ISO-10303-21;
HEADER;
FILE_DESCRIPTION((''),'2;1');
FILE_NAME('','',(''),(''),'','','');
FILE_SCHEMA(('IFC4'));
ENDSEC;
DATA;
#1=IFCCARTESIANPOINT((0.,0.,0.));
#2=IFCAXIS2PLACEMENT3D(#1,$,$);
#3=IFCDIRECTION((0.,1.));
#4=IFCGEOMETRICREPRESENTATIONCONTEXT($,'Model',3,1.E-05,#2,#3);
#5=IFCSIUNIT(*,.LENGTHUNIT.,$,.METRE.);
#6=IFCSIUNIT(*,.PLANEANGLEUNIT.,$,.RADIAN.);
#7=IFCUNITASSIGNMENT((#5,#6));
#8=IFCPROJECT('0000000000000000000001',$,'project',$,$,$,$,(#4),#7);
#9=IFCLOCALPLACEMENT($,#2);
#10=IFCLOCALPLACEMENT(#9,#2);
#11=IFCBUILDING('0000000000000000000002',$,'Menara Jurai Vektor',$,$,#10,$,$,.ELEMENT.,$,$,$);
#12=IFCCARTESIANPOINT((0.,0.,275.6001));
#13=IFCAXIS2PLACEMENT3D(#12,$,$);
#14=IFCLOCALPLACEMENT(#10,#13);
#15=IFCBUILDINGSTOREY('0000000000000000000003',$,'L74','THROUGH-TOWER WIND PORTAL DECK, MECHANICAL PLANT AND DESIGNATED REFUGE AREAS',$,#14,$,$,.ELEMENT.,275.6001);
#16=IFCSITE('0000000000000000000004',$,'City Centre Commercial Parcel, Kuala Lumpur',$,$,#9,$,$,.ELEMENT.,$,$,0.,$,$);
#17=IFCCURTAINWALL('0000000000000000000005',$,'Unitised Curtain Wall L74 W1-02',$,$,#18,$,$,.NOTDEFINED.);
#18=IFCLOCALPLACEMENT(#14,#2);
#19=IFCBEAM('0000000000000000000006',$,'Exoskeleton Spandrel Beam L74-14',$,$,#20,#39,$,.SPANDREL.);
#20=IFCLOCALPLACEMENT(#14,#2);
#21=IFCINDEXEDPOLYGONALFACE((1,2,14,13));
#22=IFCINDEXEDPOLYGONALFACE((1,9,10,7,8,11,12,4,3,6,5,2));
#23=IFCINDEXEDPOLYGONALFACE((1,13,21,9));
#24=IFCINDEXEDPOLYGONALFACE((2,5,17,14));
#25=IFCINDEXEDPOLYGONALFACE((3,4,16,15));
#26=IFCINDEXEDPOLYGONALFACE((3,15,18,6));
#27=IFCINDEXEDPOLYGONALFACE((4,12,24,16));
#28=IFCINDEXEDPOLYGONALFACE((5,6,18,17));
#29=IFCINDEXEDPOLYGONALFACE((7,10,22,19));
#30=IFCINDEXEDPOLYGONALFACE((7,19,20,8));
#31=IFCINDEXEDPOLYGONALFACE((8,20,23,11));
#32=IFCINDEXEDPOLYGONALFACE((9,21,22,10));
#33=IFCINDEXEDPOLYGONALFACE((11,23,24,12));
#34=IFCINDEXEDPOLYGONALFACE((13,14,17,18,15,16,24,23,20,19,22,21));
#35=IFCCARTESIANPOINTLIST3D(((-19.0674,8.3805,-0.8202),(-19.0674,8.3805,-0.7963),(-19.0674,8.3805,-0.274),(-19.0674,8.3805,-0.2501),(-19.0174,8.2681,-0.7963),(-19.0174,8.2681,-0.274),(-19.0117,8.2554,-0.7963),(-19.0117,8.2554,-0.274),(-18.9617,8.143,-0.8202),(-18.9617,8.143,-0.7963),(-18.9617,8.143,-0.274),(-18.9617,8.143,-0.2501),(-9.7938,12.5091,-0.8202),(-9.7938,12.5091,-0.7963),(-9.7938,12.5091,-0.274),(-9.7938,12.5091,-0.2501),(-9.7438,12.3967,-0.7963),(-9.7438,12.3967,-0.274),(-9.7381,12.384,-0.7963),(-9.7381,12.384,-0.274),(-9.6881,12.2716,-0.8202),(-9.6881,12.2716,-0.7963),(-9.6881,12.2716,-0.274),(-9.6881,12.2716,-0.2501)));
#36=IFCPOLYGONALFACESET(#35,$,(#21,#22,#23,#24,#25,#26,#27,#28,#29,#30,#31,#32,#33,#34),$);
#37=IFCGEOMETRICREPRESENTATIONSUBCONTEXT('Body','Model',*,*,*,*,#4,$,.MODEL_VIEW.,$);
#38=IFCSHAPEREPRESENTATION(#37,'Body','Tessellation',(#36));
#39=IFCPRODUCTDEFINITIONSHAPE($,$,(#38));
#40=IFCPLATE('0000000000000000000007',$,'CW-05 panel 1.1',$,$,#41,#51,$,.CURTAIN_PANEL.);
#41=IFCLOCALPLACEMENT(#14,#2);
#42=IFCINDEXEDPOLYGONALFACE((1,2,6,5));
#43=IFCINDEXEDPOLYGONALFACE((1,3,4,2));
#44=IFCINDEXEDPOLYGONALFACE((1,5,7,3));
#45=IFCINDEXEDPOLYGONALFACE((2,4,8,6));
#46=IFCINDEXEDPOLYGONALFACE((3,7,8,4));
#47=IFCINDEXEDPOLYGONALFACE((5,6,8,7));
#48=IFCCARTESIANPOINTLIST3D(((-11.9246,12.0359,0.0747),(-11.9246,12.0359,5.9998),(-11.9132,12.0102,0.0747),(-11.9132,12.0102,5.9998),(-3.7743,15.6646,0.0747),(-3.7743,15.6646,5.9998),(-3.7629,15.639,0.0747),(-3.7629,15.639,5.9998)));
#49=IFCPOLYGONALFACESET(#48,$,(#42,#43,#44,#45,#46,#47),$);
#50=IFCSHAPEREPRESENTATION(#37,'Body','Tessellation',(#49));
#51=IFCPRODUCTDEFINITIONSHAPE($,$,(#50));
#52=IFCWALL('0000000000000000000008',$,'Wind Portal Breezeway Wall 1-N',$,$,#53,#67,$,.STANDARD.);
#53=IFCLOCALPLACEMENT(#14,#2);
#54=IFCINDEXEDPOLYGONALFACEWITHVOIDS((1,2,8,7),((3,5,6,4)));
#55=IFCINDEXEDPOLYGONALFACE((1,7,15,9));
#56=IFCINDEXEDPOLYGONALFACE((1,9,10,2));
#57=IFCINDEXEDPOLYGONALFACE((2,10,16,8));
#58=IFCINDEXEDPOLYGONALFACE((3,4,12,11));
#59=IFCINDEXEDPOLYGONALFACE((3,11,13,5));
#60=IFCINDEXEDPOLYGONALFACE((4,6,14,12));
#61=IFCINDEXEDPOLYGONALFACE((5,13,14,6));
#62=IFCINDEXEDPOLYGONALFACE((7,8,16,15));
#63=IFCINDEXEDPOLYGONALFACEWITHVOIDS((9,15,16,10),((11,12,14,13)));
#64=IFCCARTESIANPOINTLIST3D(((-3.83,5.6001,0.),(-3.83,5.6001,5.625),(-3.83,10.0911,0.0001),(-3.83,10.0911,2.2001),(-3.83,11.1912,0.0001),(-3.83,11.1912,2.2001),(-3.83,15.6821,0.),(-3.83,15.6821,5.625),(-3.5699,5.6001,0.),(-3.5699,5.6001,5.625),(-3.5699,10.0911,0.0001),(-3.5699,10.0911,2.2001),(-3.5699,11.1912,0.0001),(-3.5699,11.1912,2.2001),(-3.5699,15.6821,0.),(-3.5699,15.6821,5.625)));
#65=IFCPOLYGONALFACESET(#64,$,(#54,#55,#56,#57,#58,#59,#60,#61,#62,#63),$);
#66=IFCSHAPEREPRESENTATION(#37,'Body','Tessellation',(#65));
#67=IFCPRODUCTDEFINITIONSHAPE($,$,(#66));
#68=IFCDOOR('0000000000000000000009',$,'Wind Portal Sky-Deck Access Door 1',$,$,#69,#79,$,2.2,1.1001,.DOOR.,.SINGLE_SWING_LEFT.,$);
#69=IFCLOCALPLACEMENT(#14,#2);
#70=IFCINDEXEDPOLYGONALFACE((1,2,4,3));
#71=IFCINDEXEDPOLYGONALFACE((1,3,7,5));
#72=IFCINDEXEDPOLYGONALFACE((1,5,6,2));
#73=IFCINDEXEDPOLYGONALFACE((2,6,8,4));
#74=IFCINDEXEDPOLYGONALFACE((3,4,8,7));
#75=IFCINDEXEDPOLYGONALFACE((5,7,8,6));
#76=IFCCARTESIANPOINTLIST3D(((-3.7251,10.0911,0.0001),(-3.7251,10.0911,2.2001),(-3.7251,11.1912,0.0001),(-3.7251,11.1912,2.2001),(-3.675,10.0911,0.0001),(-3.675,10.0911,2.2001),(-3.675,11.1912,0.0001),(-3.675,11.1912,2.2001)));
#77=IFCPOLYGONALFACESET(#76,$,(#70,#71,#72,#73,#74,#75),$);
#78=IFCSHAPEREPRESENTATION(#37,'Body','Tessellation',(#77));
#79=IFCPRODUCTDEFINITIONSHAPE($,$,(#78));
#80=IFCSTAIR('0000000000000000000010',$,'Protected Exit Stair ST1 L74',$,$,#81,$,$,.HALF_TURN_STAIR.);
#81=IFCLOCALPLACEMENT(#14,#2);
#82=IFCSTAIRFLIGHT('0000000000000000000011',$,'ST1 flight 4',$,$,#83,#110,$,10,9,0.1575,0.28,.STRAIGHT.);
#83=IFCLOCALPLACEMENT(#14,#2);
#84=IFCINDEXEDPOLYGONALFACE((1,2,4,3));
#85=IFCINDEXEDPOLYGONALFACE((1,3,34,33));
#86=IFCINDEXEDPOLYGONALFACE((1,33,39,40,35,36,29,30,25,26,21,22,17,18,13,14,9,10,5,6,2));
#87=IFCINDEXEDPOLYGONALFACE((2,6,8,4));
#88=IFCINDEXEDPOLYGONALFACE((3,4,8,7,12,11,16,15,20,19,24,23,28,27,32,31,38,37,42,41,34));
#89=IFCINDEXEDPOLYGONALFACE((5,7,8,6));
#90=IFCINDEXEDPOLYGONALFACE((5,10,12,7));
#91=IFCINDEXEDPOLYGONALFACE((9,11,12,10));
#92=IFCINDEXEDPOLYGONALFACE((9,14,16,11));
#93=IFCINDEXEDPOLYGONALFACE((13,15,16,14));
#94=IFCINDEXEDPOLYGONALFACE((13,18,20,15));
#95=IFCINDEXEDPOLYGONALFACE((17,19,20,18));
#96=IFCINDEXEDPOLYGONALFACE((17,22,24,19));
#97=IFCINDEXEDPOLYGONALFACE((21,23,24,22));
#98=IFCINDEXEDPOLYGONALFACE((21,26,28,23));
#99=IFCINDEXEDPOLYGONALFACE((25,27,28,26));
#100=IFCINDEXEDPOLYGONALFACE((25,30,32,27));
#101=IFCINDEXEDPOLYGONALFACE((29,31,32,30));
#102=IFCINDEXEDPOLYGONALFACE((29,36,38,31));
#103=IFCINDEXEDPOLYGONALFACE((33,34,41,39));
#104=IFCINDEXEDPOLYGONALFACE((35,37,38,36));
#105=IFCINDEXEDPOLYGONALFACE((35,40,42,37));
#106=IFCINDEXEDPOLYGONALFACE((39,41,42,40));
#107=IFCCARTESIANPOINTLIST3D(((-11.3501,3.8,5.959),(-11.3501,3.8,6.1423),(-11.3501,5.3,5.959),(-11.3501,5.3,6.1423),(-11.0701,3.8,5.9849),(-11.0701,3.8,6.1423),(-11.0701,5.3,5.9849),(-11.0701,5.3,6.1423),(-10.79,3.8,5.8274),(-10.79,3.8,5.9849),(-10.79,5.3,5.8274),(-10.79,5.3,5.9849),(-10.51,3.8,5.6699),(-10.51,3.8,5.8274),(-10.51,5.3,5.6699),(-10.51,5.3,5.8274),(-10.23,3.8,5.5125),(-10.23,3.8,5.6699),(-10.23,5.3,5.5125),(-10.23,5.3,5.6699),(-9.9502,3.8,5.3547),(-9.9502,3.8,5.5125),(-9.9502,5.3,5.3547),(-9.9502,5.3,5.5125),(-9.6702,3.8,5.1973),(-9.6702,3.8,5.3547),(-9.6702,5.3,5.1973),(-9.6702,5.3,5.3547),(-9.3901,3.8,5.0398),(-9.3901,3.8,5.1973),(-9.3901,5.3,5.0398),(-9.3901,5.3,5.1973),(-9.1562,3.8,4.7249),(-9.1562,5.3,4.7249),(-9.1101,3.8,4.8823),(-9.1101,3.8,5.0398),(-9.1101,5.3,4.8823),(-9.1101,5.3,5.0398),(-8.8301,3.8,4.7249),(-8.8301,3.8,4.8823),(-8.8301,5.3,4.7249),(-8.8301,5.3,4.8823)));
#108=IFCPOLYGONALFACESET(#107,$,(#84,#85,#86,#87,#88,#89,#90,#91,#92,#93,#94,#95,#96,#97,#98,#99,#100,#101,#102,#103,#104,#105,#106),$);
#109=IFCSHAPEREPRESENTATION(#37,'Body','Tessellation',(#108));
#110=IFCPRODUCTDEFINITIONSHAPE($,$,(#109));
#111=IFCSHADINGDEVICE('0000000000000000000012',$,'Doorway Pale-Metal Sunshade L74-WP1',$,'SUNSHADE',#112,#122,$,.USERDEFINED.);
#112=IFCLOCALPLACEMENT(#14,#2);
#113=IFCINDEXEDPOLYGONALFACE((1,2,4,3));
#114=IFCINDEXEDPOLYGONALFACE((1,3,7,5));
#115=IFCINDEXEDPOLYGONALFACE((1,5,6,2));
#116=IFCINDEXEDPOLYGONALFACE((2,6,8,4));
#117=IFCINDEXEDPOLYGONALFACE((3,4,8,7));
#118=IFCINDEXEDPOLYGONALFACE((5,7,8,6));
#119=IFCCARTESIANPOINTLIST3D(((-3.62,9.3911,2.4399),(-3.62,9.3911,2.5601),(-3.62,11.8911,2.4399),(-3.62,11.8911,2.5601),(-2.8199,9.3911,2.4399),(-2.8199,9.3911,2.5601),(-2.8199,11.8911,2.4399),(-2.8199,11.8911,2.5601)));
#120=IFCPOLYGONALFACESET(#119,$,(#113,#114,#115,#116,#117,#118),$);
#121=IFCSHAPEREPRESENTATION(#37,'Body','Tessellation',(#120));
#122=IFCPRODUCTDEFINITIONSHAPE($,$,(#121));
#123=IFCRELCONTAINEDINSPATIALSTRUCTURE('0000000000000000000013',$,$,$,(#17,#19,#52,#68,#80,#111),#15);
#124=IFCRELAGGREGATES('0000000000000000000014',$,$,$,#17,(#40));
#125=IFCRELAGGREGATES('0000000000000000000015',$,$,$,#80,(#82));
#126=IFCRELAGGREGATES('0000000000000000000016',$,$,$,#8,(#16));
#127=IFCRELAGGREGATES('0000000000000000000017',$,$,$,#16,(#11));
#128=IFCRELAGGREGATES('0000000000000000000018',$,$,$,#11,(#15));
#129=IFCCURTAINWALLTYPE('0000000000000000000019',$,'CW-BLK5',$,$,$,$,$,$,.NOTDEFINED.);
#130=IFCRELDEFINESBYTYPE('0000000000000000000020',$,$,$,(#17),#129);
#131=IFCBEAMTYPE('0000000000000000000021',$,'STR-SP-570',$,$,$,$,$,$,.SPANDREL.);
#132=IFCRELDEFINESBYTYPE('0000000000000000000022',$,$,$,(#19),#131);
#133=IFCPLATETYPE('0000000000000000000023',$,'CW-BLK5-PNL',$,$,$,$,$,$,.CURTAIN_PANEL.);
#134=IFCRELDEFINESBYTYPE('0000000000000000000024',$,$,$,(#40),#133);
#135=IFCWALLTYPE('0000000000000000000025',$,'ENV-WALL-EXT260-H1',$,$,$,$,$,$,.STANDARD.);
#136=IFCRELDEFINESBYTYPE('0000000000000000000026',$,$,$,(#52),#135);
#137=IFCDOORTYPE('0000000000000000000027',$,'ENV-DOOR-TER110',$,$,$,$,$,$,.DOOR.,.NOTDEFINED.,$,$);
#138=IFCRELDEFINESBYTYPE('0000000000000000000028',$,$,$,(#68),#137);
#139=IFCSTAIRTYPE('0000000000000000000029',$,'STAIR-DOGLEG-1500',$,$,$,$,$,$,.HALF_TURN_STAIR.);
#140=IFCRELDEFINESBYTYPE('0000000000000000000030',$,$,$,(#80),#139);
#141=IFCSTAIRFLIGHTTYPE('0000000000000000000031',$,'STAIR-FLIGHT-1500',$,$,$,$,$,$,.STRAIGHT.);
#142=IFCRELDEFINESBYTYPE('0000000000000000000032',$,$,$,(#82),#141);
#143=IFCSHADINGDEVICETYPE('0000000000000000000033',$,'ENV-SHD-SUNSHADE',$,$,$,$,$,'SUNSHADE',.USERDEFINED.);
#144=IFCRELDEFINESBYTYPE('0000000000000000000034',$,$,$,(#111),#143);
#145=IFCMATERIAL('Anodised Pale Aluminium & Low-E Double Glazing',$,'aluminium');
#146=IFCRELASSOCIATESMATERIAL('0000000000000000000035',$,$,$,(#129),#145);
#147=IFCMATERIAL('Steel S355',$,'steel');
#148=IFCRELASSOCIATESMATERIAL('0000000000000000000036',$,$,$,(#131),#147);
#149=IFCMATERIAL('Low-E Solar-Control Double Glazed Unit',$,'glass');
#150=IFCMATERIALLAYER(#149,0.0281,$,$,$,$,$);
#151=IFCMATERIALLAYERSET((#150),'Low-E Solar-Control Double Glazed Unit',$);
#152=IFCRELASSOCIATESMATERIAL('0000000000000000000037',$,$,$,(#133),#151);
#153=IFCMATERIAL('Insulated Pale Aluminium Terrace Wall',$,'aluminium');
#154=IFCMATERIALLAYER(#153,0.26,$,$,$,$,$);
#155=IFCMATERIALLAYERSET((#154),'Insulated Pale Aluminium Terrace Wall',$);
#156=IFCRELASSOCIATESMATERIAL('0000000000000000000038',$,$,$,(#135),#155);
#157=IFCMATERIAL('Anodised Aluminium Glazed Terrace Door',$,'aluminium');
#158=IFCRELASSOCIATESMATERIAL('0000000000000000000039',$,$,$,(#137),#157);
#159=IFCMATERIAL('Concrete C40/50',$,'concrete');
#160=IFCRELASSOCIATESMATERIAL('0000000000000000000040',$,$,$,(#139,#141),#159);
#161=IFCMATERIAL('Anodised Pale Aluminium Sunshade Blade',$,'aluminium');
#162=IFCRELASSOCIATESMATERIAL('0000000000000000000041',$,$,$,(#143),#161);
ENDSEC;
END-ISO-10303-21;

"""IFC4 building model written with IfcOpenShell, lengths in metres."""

from ifc_helpers import new_model, si_unit, direction, frame, frame_2d, origin, origin_2d, place, context, subcontext, project, spatial, polyline, rectangle, i_section, outline, extrude, material, layer, layer_set, material_profile, profile_set, type_object, element, fill, aggregate, save


model = new_model("IFC4")

# Units and contexts
model_context = context("Model", 3, precision=1e-05, world=origin(), true_north=direction((0.0, 1.0)))
body_context = subcontext(model_context, "Body", "Model", "MODEL_VIEW")
ifc_project = project(units=[si_unit("LENGTHUNIT", "METRE"), si_unit("PLANEANGLEUNIT", "RADIAN")], contexts=[model_context])

# Site, building, storey
site_placement = place(None, origin())
site = spatial("IfcSite", under=ifc_project, at=site_placement, Name="City Centre Commercial Parcel, Kuala Lumpur", CompositionType="ELEMENT", RefElevation=0.0)
building_placement = place(site_placement, origin())
building = spatial("IfcBuilding", under=site, at=building_placement, Name="Menara Jurai Vektor", CompositionType="ELEMENT")
storey_placement = place(building_placement, frame((0.0, 0.0, 275.6001)))
storey = spatial("IfcBuildingStorey", under=building, at=storey_placement, Name="L74", Description="THROUGH-TOWER WIND PORTAL DECK, MECHANICAL PLANT AND DESIGNATED REFUGE AREAS", CompositionType="ELEMENT", Elevation=275.6001)

# Shared definitions
ifc_material_1 = material(Name="Steel S355", Category="steel")

# Curtain wall
ifc_material_2 = material(Name="Anodised Pale Aluminium & Low-E Double Glazing", Category="aluminium")
curtain_wall_type = type_object("IfcCurtainWallType", Name="CW-BLK5", PredefinedType="NOTDEFINED", material=ifc_material_2)
curtain_wall_placement = place(storey_placement, origin())
curtain_wall = element("IfcCurtainWall", 1, at=curtain_wall_placement, inside=storey, type_object=curtain_wall_type, Name="Unitised Curtain Wall L74 W1-02", PredefinedType="NOTDEFINED")

# Beam
ifc_material_profile_1 = material_profile(ifc_material_1, i_section(OverallWidth=0.26, OverallDepth=0.5701, WebThickness=0.0139, FlangeThickness=0.0239, at=origin_2d()), Name="PG 570x260x145")
ifc_profile_set_1 = profile_set([ifc_material_profile_1], Name="Steel S355")
beam_type_1 = type_object("IfcBeamType", Name="STR-SP-570", PredefinedType="SPANDREL", material=ifc_profile_set_1)
for number, where, z_axis, x_axis, name in (
    (2, (-9.741, 12.3904, -0.5352), (-0.913554, -0.406716, 0.0), (0.406716, -0.913554, 0.0), "Exoskeleton Spandrel Beam L74-14"),
):
    element("IfcBeam", number, at=place(storey_placement, frame(where, z_axis=z_axis, x_axis=x_axis)), inside=storey, type_object=beam_type_1, Name=name, PredefinedType="SPANDREL", context=body_context, shape_type="SweptSolid", body=[
        extrude(i_section(OverallWidth=0.26, OverallDepth=0.5701, WebThickness=0.0139, FlangeThickness=0.0239, at=origin_2d()), origin(), (0.0, 0.0, 1.0), 10.1511),
    ])

# Plate
ifc_material_3 = material(Name="Low-E Solar-Control Double Glazed Unit", Category="glass")
ifc_layer_1 = layer(ifc_material_3, 0.0281)
ifc_layer_set_1 = layer_set([ifc_layer_1], Name="Low-E Solar-Control Double Glazed Unit")
plate_type = type_object("IfcPlateType", Name="CW-BLK5-PNL", PredefinedType="CURTAIN_PANEL", material=ifc_layer_set_1)
plate_placement = place(storey_placement, frame((-7.8438, 13.8374, 0.0747), z_axis=(0.0, 0.0, 1.0), x_axis=(-0.913546, -0.406736, 0.0)))
plate = element("IfcPlate", 3, at=plate_placement, type_object=plate_type, Name="CW-05 panel 1.1", PredefinedType="CURTAIN_PANEL", context=body_context, shape_type="SweptSolid", body=[
    extrude(rectangle(XDim=8.9216, YDim=0.0281, at=origin_2d()), origin(), (0.0, 0.0, 1.0), 5.925),
])
aggregate(curtain_wall, [plate])

# Wall, opening, door
ifc_material_4 = material(Name="Insulated Pale Aluminium Terrace Wall", Category="aluminium")
ifc_layer_2 = layer(ifc_material_4, 0.26)
ifc_layer_set_2 = layer_set([ifc_layer_2], Name="Insulated Pale Aluminium Terrace Wall")
wall_type = type_object("IfcWallType", Name="ENV-WALL-EXT260-H1", PredefinedType="STANDARD", material=ifc_layer_set_2)
wall_placement = place(storey_placement, frame((-3.7, 5.6001, 0.0), z_axis=(0.0, 0.0, 1.0), x_axis=(0.0, 1.0, 0.0)))
wall = element("IfcWall", 4, at=wall_placement, inside=storey, type_object=wall_type, Name="Wind Portal Breezeway Wall 1-N", PredefinedType="STANDARD", context=body_context, shape_type="SweptSolid", body=[
    extrude(rectangle(XDim=10.082, YDim=0.26, at=frame_2d((5.041, 0.0))), origin(), (0.0, 0.0, 1.0), 5.625),
])
opening_placement = place(wall_placement, frame((4.491, 0.0, 0.0)))
opening = element("IfcOpeningElement", 5, at=opening_placement, cuts=wall, PredefinedType="OPENING", context=body_context, shape_type="SweptSolid", body=[
    extrude(rectangle(XDim=1.1001, YDim=2.2, at=frame_2d((0.55, 1.1001))), frame((0.0, 0.1401, 0.0), z_axis=(0.0, -1.0, 0.0), x_axis=(1.0, 0.0, 0.0)), (0.0, 0.0, 1.0), 0.28),
])
ifc_material_5 = material(Name="Anodised Aluminium Glazed Terrace Door", Category="aluminium")
door_type = type_object("IfcDoorType", Name="ENV-DOOR-TER110", OperationType="NOTDEFINED", PredefinedType="DOOR", material=ifc_material_5)
door_placement = place(opening_placement, frame((1.1001, 0.0, 0.0), z_axis=(0.0, 0.0, 1.0), x_axis=(-1.0, 0.0, 0.0)))
door = element("IfcDoor", 6, at=door_placement, inside=storey, type_object=door_type, Name="Wind Portal Sky-Deck Access Door 1", OperationType="SINGLE_SWING_LEFT", OverallHeight=2.2, OverallWidth=1.1001, PredefinedType="DOOR", context=body_context, shape_type="SweptSolid", body=[
    extrude(rectangle(XDim=1.1001, YDim=2.2, at=frame_2d((0.55, 1.1001))), frame((0.0, 0.0249, 0.0), z_axis=(0.0, -1.0, 0.0), x_axis=(1.0, 0.0, 0.0)), (0.0, 0.0, 1.0), 0.05),
])
fill(opening, door)

# Stair, stair flight
ifc_material_6 = material(Name="Concrete C40/50", Category="concrete")
stair_type = type_object("IfcStairType", Name="STAIR-DOGLEG-1500", PredefinedType="HALF_TURN_STAIR", material=ifc_material_6)
stair_placement = place(storey_placement, origin())
stair = element("IfcStair", 7, at=stair_placement, inside=storey, type_object=stair_type, Name="Protected Exit Stair ST1 L74", PredefinedType="HALF_TURN_STAIR")
stair_flight_type = type_object("IfcStairFlightType", Name="STAIR-FLIGHT-1500", PredefinedType="STRAIGHT", material=ifc_material_6)
stair_flight_placement = place(storey_placement, frame((-8.8301, 4.55, 4.7249), z_axis=(0.0, 0.0, 1.0), x_axis=(-1.0, 0.0, 0.0)))
stair_flight = element("IfcStairFlight", 8, at=stair_flight_placement, type_object=stair_flight_type, Name="ST1 flight 4", NumberOfRisers=10, NumberOfTreads=9, PredefinedType="STRAIGHT", RiserHeight=0.1575, TreadLength=0.28, context=body_context, shape_type="SweptSolid", body=[
    extrude(outline(polyline([(0.0, 0.0), (0.0, 0.1575), (0.28, 0.1575), (0.28, 0.3149), (0.5601, 0.3149), (0.5601, 0.4724), (0.8401, 0.4724), (0.8401, 0.6299), (1.1201, 0.6299), (1.1201, 0.7876), (1.3999, 0.7876), (1.3999, 0.9451), (1.6799, 0.9451), (1.6799, 1.1025), (1.96, 1.1025), (1.96, 1.26), (2.24, 1.26), (2.24, 1.4175), (2.52, 1.4175), (2.52, 1.575), (2.52, 1.2341), (0.3262, 0.0), (0.0, 0.0)])), frame((0.0, 0.75, 0.0), z_axis=(0.0, -1.0, 0.0), x_axis=(1.0, 0.0, 0.0)), (0.0, 0.0, 1.0), 1.5),
])
aggregate(stair, [stair_flight])

# Shading device
ifc_material_7 = material(Name="Anodised Pale Aluminium Sunshade Blade", Category="aluminium")
shading_device_type = type_object("IfcShadingDeviceType", Name="ENV-SHD-SUNSHADE", ElementType="SUNSHADE", PredefinedType="USERDEFINED", material=ifc_material_7)
shading_device_placement = place(storey_placement, frame((-3.22, 10.6411, 2.4399), z_axis=(0.0, 0.0, 1.0), x_axis=(0.0, 1.0, 0.0)))
element("IfcShadingDevice", 9, at=shading_device_placement, inside=storey, type_object=shading_device_type, Name="Doorway Pale-Metal Sunshade L74-WP1", ObjectType="SUNSHADE", PredefinedType="USERDEFINED", context=body_context, shape_type="SweptSolid", body=[
    extrude(rectangle(XDim=2.5, YDim=0.8, at=origin_2d()), origin(), (0.0, 0.0, 1.0), 0.1201),
])

save(model, "model.ifc")
